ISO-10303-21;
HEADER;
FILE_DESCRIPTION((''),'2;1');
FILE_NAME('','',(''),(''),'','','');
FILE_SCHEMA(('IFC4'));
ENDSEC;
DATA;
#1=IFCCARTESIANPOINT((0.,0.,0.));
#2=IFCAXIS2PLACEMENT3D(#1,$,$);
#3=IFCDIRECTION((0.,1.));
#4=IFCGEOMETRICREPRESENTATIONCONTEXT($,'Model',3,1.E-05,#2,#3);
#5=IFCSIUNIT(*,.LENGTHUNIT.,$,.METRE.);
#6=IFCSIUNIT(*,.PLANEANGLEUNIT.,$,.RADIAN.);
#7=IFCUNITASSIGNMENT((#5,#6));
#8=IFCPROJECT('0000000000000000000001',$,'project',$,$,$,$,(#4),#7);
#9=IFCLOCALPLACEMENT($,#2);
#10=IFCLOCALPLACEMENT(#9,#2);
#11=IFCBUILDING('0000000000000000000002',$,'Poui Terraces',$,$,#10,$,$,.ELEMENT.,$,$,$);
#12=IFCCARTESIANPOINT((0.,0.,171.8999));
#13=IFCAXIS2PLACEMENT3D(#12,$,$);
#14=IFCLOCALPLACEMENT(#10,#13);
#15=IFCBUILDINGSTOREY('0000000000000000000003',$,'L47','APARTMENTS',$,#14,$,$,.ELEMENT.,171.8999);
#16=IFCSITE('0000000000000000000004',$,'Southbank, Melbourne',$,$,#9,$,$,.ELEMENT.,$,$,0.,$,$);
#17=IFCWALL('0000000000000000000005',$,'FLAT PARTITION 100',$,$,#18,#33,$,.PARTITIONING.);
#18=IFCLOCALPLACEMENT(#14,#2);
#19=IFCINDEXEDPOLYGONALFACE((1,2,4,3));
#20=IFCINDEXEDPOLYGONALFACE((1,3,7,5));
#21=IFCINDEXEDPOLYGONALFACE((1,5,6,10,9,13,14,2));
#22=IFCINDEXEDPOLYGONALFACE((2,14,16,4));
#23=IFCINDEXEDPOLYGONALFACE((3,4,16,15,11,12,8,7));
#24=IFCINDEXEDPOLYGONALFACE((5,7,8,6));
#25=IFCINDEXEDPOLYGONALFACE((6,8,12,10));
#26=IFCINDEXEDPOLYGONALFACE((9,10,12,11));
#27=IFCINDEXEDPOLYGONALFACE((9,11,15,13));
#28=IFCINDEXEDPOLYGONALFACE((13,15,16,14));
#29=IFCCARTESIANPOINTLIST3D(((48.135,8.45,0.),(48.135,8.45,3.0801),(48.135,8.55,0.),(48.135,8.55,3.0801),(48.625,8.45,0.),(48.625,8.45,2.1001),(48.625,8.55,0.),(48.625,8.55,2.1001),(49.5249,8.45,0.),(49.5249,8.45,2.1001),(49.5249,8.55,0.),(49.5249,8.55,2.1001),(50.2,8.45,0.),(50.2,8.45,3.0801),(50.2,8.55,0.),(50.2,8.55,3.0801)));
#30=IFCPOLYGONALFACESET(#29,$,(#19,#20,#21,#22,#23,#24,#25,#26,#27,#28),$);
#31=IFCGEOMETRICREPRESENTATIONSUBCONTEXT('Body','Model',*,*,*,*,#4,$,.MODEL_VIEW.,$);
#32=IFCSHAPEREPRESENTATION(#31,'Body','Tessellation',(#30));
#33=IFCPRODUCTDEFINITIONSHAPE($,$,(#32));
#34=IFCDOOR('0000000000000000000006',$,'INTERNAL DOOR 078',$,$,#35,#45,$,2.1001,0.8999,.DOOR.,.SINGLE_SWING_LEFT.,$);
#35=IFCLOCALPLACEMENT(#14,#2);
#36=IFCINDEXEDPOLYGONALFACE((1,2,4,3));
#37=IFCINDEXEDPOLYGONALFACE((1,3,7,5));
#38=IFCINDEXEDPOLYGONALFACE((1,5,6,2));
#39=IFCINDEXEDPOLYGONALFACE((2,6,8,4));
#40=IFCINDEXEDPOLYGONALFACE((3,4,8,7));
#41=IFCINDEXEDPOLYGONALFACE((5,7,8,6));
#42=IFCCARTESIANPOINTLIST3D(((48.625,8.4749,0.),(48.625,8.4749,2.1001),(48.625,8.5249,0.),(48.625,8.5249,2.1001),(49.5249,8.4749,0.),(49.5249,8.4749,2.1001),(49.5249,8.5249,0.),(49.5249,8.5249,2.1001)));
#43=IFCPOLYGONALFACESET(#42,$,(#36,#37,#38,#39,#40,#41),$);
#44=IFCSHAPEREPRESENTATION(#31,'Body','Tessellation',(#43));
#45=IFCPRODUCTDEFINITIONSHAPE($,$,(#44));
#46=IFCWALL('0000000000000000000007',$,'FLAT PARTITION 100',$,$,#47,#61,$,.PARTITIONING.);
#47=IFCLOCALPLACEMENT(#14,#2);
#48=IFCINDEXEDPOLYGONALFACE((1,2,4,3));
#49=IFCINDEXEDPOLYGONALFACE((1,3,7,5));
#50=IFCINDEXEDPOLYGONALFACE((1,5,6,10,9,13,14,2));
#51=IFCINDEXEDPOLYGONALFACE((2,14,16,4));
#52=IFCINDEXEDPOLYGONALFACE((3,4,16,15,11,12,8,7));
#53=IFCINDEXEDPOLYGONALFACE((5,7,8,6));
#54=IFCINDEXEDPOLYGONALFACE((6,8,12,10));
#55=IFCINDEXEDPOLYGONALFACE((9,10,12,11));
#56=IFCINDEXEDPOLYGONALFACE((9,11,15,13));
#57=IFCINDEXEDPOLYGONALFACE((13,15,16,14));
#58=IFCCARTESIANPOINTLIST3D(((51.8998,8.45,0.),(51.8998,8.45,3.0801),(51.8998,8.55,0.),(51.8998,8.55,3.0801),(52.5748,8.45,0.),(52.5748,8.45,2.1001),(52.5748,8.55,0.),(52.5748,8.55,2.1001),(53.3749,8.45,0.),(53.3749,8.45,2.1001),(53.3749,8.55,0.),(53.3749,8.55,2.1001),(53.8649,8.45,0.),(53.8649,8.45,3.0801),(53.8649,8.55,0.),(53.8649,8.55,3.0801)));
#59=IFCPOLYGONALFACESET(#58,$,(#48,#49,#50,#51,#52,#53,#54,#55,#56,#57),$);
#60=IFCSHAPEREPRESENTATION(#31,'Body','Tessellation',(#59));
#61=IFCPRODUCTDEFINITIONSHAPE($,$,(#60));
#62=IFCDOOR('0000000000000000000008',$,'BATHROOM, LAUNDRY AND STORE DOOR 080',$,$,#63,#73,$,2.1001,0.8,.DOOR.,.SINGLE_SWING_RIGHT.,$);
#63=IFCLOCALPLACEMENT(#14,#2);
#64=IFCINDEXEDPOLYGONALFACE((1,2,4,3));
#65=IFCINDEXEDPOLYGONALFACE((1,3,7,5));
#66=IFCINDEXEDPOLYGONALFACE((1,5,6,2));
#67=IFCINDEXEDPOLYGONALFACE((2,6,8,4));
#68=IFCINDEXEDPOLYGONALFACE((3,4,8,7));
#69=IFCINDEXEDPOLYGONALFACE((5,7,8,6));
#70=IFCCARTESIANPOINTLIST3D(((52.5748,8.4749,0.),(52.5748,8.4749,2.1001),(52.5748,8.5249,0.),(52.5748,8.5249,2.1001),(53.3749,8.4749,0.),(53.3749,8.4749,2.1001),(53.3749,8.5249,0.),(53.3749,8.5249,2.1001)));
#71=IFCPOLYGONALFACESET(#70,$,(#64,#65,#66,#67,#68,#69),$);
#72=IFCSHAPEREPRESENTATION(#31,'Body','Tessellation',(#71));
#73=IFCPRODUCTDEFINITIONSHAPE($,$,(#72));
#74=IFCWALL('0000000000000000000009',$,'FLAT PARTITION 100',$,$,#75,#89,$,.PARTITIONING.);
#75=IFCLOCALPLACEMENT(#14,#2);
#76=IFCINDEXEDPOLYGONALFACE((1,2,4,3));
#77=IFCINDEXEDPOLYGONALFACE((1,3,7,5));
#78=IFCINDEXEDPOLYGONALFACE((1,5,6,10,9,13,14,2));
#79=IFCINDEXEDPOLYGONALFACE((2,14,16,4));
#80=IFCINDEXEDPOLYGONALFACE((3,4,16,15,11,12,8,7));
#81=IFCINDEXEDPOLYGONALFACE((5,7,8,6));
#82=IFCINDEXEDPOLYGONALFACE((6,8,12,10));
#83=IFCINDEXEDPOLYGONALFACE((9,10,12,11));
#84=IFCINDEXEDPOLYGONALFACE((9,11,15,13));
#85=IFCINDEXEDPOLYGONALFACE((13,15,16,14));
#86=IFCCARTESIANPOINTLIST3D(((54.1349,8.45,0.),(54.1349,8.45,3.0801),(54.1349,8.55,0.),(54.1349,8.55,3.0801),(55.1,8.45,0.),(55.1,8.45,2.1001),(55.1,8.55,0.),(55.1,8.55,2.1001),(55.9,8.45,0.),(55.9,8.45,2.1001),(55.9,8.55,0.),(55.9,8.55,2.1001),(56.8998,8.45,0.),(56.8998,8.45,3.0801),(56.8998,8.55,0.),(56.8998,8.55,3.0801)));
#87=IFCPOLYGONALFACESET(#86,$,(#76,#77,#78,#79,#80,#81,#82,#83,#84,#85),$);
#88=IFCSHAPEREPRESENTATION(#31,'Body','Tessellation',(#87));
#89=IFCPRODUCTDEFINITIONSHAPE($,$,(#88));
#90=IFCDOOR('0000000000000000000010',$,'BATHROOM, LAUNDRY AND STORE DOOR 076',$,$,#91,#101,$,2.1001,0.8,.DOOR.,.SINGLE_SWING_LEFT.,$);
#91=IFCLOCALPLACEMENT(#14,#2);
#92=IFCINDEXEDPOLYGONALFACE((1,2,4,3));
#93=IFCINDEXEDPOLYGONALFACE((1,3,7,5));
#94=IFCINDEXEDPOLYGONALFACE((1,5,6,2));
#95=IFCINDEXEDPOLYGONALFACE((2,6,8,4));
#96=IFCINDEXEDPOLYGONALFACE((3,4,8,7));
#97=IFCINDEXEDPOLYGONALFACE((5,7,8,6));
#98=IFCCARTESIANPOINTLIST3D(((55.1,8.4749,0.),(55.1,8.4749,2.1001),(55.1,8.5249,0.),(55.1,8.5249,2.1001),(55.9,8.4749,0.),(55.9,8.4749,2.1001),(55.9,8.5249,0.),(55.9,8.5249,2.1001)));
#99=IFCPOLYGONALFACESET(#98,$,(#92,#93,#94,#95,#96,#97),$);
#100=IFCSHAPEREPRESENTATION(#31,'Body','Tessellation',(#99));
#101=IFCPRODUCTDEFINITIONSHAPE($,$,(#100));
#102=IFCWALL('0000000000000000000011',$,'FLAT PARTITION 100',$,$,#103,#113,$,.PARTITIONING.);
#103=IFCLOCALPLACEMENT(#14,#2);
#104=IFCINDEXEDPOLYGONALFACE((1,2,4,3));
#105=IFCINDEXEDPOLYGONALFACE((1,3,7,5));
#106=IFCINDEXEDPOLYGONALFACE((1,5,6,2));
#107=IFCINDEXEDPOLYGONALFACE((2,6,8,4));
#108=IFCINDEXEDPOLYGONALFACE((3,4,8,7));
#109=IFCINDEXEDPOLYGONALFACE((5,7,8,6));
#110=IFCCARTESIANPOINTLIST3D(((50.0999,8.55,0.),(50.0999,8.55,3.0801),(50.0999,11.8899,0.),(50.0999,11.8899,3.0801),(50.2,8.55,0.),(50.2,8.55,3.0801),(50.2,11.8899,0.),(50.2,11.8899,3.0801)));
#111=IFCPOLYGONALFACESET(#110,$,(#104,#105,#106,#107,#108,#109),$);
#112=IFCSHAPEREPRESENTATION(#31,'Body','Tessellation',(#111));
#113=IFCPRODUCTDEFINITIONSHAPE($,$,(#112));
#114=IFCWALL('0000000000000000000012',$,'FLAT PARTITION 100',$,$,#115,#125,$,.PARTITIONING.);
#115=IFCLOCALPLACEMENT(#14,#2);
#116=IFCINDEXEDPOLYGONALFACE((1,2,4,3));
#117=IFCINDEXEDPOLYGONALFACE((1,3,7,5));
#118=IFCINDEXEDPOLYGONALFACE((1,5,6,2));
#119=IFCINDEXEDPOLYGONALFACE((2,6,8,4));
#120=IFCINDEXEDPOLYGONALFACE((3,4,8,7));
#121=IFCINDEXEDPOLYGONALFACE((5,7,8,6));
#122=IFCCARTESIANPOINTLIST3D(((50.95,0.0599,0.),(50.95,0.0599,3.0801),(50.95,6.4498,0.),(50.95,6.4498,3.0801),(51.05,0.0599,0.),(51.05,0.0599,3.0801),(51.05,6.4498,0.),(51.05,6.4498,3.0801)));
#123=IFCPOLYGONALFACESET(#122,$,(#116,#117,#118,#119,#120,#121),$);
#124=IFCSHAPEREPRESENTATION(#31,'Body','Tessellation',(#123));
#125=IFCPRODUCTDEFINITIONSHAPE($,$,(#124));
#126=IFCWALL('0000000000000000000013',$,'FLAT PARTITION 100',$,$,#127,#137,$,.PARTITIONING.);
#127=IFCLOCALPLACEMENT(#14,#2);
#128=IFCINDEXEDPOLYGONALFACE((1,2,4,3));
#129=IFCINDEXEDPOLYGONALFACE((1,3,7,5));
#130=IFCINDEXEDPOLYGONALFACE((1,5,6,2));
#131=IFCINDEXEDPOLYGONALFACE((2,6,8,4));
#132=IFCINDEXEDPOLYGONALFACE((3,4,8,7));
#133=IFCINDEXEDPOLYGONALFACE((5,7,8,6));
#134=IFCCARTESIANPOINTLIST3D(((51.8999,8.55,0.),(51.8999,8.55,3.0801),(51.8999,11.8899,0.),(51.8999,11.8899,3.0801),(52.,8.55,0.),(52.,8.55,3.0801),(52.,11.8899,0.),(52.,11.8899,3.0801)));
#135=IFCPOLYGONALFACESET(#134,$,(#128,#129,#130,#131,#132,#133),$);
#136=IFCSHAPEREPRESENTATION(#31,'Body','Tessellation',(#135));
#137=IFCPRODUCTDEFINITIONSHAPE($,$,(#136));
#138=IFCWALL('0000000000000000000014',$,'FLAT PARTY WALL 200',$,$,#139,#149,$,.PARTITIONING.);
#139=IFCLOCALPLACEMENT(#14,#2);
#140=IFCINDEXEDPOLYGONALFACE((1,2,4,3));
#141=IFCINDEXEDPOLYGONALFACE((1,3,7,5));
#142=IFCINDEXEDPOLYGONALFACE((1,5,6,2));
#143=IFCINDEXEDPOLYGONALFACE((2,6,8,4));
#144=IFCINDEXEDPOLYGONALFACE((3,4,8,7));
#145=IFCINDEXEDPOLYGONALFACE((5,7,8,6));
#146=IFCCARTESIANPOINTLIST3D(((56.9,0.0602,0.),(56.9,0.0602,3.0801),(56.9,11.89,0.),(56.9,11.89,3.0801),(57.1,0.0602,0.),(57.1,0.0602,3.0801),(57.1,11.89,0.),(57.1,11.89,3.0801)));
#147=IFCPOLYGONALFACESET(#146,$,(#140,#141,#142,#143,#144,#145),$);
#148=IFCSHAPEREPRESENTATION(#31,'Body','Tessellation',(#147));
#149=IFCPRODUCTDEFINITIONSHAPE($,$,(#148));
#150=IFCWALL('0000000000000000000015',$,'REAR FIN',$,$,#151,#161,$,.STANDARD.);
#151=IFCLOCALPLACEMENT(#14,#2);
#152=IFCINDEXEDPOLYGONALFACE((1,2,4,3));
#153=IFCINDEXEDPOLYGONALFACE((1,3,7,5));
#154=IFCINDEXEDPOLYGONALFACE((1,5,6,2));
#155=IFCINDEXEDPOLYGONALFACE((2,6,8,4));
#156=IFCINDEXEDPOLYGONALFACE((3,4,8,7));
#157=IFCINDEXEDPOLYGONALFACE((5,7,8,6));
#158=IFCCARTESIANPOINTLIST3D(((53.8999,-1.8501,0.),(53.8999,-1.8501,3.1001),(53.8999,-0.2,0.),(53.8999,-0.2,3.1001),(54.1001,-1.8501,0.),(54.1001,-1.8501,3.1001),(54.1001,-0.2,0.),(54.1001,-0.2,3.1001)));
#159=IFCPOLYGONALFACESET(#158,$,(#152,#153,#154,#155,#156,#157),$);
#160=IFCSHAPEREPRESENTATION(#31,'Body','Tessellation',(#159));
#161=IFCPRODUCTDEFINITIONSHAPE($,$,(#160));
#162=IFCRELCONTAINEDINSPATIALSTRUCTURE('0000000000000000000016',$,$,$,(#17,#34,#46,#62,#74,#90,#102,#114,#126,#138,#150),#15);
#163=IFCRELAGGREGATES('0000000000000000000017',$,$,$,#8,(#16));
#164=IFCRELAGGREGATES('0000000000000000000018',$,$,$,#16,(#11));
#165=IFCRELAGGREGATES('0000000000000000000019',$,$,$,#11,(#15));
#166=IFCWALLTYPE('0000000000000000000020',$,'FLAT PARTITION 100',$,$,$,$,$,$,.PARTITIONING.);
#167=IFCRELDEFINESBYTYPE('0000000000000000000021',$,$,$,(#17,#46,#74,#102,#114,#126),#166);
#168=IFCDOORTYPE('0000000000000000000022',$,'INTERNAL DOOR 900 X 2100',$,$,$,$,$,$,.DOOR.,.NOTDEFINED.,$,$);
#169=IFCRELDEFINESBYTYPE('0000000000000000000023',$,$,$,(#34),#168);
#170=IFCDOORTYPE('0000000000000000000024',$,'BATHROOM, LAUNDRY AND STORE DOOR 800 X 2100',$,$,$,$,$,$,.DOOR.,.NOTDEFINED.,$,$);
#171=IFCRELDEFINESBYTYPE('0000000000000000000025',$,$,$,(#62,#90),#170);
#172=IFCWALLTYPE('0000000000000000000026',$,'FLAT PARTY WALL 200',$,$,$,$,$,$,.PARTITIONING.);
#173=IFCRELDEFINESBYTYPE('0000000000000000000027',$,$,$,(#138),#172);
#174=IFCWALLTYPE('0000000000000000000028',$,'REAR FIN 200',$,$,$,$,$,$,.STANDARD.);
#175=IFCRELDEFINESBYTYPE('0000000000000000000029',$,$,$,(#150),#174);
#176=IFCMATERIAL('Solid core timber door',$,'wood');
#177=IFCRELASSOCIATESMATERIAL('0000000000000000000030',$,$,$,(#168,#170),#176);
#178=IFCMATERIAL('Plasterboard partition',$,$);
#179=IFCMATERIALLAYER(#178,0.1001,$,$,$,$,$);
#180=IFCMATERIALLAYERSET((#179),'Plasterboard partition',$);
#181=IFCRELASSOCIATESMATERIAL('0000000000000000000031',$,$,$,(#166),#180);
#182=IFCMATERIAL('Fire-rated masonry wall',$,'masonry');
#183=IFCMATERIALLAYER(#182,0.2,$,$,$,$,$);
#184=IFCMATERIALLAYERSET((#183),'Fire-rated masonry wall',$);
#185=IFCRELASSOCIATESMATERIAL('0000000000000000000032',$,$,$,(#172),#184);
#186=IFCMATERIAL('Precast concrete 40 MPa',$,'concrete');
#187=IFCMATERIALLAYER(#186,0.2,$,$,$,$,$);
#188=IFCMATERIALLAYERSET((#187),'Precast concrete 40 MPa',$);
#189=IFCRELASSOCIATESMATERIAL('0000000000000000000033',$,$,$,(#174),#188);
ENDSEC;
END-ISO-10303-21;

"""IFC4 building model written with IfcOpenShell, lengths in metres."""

from ifc_helpers import new_model, si_unit, direction, frame, frame_2d, origin, place, context, subcontext, project, spatial, polyline, rectangle, outline, extrude, source, transform, mapped, material, layer, layer_set, type_object, element, fill, save


model = new_model("IFC4")

# Units and contexts
model_context = context("Model", 3, precision=1e-05, world=origin(), true_north=direction((0.0, 1.0)))
body_context = subcontext(model_context, "Body", "Model", "MODEL_VIEW")
ifc_project = project(units=[si_unit("LENGTHUNIT", "METRE"), si_unit("PLANEANGLEUNIT", "RADIAN")], contexts=[model_context])

# Site, building, storey
site_placement = place(None, origin())
site = spatial("IfcSite", under=ifc_project, at=site_placement, Name="Southbank, Melbourne", CompositionType="ELEMENT", RefElevation=0.0)
building_placement = place(site_placement, origin())
building = spatial("IfcBuilding", under=site, at=building_placement, Name="Poui Terraces", CompositionType="ELEMENT")
storey_placement = place(building_placement, frame((0.0, 0.0, 171.8999)))
storey = spatial("IfcBuildingStorey", under=building, at=storey_placement, Name="L47", Description="APARTMENTS", CompositionType="ELEMENT", Elevation=171.8999)

# Shared definitions
ifc_material_1 = material(Name="Precast concrete 40 MPa", Category="concrete")

# Walls, openings, doors
ifc_material_2 = material(Name="Solid core timber door", Category="wood")
door_type_1 = type_object("IfcDoorType", Name="INTERNAL DOOR 900 X 2100", OperationType="NOTDEFINED", PredefinedType="DOOR", material=ifc_material_2)
ifc_material_3 = material(Name="Plasterboard partition")
ifc_layer_1 = layer(ifc_material_3, 0.1001)
ifc_layer_set_1 = layer_set([ifc_layer_1], Name="Plasterboard partition")
wall_type_1 = type_object("IfcWallType", Name="FLAT PARTITION 100", PredefinedType="PARTITIONING", material=ifc_layer_set_1)
wall_1_placement = place(storey_placement, frame((48.135, 8.5, 0.0), z_axis=(0.0, 0.0, 1.0), x_axis=(1.0, 0.0, 0.0)))
wall_1 = element("IfcWall", 1, at=wall_1_placement, inside=storey, type_object=wall_type_1, Name="FLAT PARTITION 100", PredefinedType="PARTITIONING", context=body_context, shape_type="SweptSolid", body=[
    extrude(rectangle(XDim=2.0649, YDim=0.1001, at=frame_2d((1.0325, 0.0))), origin(), (0.0, 0.0, 1.0), 3.0801),
])
opening_1_placement = place(wall_1_placement, frame((0.49, 0.0, 0.0)))
opening_1 = element("IfcOpeningElement", 2, at=opening_1_placement, cuts=wall_1, PredefinedType="OPENING", context=body_context, shape_type="SweptSolid", body=[
    extrude(rectangle(XDim=0.8999, YDim=2.1001, at=frame_2d((0.45, 1.05))), frame((0.0, 0.0601, 0.0), z_axis=(0.0, -1.0, 0.0), x_axis=(1.0, 0.0, 0.0)), (0.0, 0.0, 1.0), 0.1201),
])
door_1_placement = place(opening_1_placement, origin())
door_1 = element("IfcDoor", 3, at=door_1_placement, inside=storey, type_object=door_type_1, Name="INTERNAL DOOR 078", OperationType="SINGLE_SWING_LEFT", OverallHeight=2.1001, OverallWidth=0.8999, PredefinedType="DOOR", context=body_context, shape_type="SweptSolid", body=[
    extrude(rectangle(XDim=0.8999, YDim=2.1001, at=frame_2d((0.45, 1.05))), frame((0.0, 0.0249, 0.0), z_axis=(0.0, -1.0, 0.0), x_axis=(1.0, 0.0, 0.0)), (0.0, 0.0, 1.0), 0.05),
])
fill(opening_1, door_1)
wall_2_placement = place(storey_placement, frame((51.8999, 8.5, 0.0), z_axis=(0.0, 0.0, 1.0), x_axis=(1.0, 0.0, 0.0)))
wall_2 = element("IfcWall", 4, at=wall_2_placement, inside=storey, type_object=wall_type_1, Name="FLAT PARTITION 100", PredefinedType="PARTITIONING", context=body_context, shape_type="SweptSolid", body=[
    extrude(rectangle(XDim=1.9651, YDim=0.1001, at=frame_2d((0.9824, 0.0))), origin(), (0.0, 0.0, 1.0), 3.0801),
])
opening_2_placement = place(wall_2_placement, frame((0.675, 0.0, 0.0)))
opening_2 = element("IfcOpeningElement", 5, at=opening_2_placement, cuts=wall_2, PredefinedType="OPENING", context=body_context, shape_type="SweptSolid", body=[
    extrude(rectangle(XDim=0.8, YDim=2.1001, at=frame_2d((0.3999, 1.05))), frame((0.0, 0.0601, 0.0), z_axis=(0.0, -1.0, 0.0), x_axis=(1.0, 0.0, 0.0)), (0.0, 0.0, 1.0), 0.1201),
])
door_type_2 = type_object("IfcDoorType", Name="BATHROOM, LAUNDRY AND STORE DOOR 800 X 2100", OperationType="NOTDEFINED", PredefinedType="DOOR", material=ifc_material_2)
door_2_placement = place(opening_2_placement, origin())
door_2 = element("IfcDoor", 6, at=door_2_placement, inside=storey, type_object=door_type_2, Name="BATHROOM, LAUNDRY AND STORE DOOR 080", OperationType="SINGLE_SWING_RIGHT", OverallHeight=2.1001, OverallWidth=0.8, PredefinedType="DOOR", context=body_context, shape_type="SweptSolid", body=[
    extrude(rectangle(XDim=0.8, YDim=2.1001, at=frame_2d((0.3999, 1.05))), frame((0.0, 0.0249, 0.0), z_axis=(0.0, -1.0, 0.0), x_axis=(1.0, 0.0, 0.0)), (0.0, 0.0, 1.0), 0.05),
])
fill(opening_2, door_2)
wall_3_placement = place(storey_placement, frame((54.135, 8.5, 0.0), z_axis=(0.0, 0.0, 1.0), x_axis=(1.0, 0.0, 0.0)))
wall_3 = element("IfcWall", 7, at=wall_3_placement, inside=storey, type_object=wall_type_1, Name="FLAT PARTITION 100", PredefinedType="PARTITIONING", context=body_context, shape_type="SweptSolid", body=[
    extrude(rectangle(XDim=2.7649, YDim=0.1001, at=frame_2d((1.3823, 0.0))), origin(), (0.0, 0.0, 1.0), 3.0801),
])
opening_3_placement = place(wall_3_placement, frame((0.9651, 0.0, 0.0)))
opening_3 = element("IfcOpeningElement", 8, at=opening_3_placement, cuts=wall_3, PredefinedType="OPENING", context=body_context, shape_type="SweptSolid", body=[
    extrude(rectangle(XDim=0.8, YDim=2.1001, at=frame_2d((0.3999, 1.05))), frame((0.0, 0.0601, 0.0), z_axis=(0.0, -1.0, 0.0), x_axis=(1.0, 0.0, 0.0)), (0.0, 0.0, 1.0), 0.1201),
])
door_3_placement = place(opening_3_placement, origin())
door_3 = element("IfcDoor", 9, at=door_3_placement, inside=storey, type_object=door_type_2, Name="BATHROOM, LAUNDRY AND STORE DOOR 076", OperationType="SINGLE_SWING_LEFT", OverallHeight=2.1001, OverallWidth=0.8, PredefinedType="DOOR", context=body_context, shape_type="SweptSolid", body=[
    extrude(rectangle(XDim=0.8, YDim=2.1001, at=frame_2d((0.3999, 1.05))), frame((0.0, 0.0249, 0.0), z_axis=(0.0, -1.0, 0.0), x_axis=(1.0, 0.0, 0.0)), (0.0, 0.0, 1.0), 0.05),
])
fill(opening_3, door_3)

# Walls
wall_4_placement = place(storey_placement, frame((50.1499, 8.55, 0.0), z_axis=(0.0, 0.0, 1.0), x_axis=(0.0, 1.0, 0.0)))
element("IfcWall", 10, at=wall_4_placement, inside=storey, type_object=wall_type_1, Name="FLAT PARTITION 100", PredefinedType="PARTITIONING", context=body_context, shape_type="SweptSolid", body=[
    extrude(rectangle(XDim=3.3398, YDim=0.1001, at=frame_2d((1.6699, 0.0))), origin(), (0.0, 0.0, 1.0), 3.0801),
])
wall_5_placement = place(storey_placement, frame((51.0, 0.0601, 0.0), z_axis=(0.0, 0.0, 1.0), x_axis=(0.0, 1.0, 0.0)))
element("IfcWall", 11, at=wall_5_placement, inside=storey, type_object=wall_type_1, Name="FLAT PARTITION 100", PredefinedType="PARTITIONING", context=body_context, shape_type="SweptSolid", body=[
    extrude(rectangle(XDim=6.3899, YDim=0.1001, at=frame_2d((3.1948, 0.0))), origin(), (0.0, 0.0, 1.0), 3.0801),
])
wall_6_placement = place(storey_placement, frame((51.95, 8.55, 0.0), z_axis=(0.0, 0.0, 1.0), x_axis=(0.0, 1.0, 0.0)))
element("IfcWall", 12, at=wall_6_placement, inside=storey, type_object=wall_type_1, Name="FLAT PARTITION 100", PredefinedType="PARTITIONING", context=body_context, shape_type="SweptSolid", body=[
    extrude(rectangle(XDim=3.3398, YDim=0.1001, at=frame_2d((1.6699, 0.0))), origin(), (0.0, 0.0, 1.0), 3.0801),
])
ifc_material_4 = material(Name="Fire-rated masonry wall", Category="masonry")
ifc_layer_2 = layer(ifc_material_4, 0.2)
ifc_layer_set_2 = layer_set([ifc_layer_2], Name="Fire-rated masonry wall")
wall_type_2 = type_object("IfcWallType", Name="FLAT PARTY WALL 200", PredefinedType="PARTITIONING", material=ifc_layer_set_2)
wall_7_placement = place(storey_placement, frame((57.0, 0.0601, 0.0), z_axis=(0.0, 0.0, 1.0), x_axis=(0.0, 1.0, 0.0)))
element("IfcWall", 13, at=wall_7_placement, inside=storey, type_object=wall_type_2, Name="FLAT PARTY WALL 200", PredefinedType="PARTITIONING", context=body_context, shape_type="SweptSolid", body=[
    extrude(rectangle(XDim=11.8298, YDim=0.2, at=frame_2d((5.915, 0.0))), origin(), (0.0, 0.0, 1.0), 3.0801),
])
ifc_layer_3 = layer(ifc_material_1, 0.2)
ifc_layer_set_3 = layer_set([ifc_layer_3], Name="Precast concrete 40 MPa")
wall_type_3 = type_object("IfcWallType", Name="REAR FIN 200", PredefinedType="STANDARD", material=ifc_layer_set_3)
shared_shape_1 = source(origin(), body_context, "Body", "SweptSolid", [
    extrude(outline(polyline([(0.0, 0.0), (0.2002, 0.0), (0.2002, 1.6501), (0.0, 1.6501), (0.0, 0.0)])), origin(), (0.0, 0.0, 1.0), 3.1001),
])
wall_8_placement = place(storey_placement, frame((53.8999, -1.8501, 0.0)))
element("IfcWall", 14, at=wall_8_placement, inside=storey, type_object=wall_type_3, Name="REAR FIN", PredefinedType="STANDARD", context=body_context, shape_type="MappedRepresentation", body=[
    mapped(shared_shape_1, transform((0.0, 0.0, 0.0))),
])

save(model, "model.ifc")
